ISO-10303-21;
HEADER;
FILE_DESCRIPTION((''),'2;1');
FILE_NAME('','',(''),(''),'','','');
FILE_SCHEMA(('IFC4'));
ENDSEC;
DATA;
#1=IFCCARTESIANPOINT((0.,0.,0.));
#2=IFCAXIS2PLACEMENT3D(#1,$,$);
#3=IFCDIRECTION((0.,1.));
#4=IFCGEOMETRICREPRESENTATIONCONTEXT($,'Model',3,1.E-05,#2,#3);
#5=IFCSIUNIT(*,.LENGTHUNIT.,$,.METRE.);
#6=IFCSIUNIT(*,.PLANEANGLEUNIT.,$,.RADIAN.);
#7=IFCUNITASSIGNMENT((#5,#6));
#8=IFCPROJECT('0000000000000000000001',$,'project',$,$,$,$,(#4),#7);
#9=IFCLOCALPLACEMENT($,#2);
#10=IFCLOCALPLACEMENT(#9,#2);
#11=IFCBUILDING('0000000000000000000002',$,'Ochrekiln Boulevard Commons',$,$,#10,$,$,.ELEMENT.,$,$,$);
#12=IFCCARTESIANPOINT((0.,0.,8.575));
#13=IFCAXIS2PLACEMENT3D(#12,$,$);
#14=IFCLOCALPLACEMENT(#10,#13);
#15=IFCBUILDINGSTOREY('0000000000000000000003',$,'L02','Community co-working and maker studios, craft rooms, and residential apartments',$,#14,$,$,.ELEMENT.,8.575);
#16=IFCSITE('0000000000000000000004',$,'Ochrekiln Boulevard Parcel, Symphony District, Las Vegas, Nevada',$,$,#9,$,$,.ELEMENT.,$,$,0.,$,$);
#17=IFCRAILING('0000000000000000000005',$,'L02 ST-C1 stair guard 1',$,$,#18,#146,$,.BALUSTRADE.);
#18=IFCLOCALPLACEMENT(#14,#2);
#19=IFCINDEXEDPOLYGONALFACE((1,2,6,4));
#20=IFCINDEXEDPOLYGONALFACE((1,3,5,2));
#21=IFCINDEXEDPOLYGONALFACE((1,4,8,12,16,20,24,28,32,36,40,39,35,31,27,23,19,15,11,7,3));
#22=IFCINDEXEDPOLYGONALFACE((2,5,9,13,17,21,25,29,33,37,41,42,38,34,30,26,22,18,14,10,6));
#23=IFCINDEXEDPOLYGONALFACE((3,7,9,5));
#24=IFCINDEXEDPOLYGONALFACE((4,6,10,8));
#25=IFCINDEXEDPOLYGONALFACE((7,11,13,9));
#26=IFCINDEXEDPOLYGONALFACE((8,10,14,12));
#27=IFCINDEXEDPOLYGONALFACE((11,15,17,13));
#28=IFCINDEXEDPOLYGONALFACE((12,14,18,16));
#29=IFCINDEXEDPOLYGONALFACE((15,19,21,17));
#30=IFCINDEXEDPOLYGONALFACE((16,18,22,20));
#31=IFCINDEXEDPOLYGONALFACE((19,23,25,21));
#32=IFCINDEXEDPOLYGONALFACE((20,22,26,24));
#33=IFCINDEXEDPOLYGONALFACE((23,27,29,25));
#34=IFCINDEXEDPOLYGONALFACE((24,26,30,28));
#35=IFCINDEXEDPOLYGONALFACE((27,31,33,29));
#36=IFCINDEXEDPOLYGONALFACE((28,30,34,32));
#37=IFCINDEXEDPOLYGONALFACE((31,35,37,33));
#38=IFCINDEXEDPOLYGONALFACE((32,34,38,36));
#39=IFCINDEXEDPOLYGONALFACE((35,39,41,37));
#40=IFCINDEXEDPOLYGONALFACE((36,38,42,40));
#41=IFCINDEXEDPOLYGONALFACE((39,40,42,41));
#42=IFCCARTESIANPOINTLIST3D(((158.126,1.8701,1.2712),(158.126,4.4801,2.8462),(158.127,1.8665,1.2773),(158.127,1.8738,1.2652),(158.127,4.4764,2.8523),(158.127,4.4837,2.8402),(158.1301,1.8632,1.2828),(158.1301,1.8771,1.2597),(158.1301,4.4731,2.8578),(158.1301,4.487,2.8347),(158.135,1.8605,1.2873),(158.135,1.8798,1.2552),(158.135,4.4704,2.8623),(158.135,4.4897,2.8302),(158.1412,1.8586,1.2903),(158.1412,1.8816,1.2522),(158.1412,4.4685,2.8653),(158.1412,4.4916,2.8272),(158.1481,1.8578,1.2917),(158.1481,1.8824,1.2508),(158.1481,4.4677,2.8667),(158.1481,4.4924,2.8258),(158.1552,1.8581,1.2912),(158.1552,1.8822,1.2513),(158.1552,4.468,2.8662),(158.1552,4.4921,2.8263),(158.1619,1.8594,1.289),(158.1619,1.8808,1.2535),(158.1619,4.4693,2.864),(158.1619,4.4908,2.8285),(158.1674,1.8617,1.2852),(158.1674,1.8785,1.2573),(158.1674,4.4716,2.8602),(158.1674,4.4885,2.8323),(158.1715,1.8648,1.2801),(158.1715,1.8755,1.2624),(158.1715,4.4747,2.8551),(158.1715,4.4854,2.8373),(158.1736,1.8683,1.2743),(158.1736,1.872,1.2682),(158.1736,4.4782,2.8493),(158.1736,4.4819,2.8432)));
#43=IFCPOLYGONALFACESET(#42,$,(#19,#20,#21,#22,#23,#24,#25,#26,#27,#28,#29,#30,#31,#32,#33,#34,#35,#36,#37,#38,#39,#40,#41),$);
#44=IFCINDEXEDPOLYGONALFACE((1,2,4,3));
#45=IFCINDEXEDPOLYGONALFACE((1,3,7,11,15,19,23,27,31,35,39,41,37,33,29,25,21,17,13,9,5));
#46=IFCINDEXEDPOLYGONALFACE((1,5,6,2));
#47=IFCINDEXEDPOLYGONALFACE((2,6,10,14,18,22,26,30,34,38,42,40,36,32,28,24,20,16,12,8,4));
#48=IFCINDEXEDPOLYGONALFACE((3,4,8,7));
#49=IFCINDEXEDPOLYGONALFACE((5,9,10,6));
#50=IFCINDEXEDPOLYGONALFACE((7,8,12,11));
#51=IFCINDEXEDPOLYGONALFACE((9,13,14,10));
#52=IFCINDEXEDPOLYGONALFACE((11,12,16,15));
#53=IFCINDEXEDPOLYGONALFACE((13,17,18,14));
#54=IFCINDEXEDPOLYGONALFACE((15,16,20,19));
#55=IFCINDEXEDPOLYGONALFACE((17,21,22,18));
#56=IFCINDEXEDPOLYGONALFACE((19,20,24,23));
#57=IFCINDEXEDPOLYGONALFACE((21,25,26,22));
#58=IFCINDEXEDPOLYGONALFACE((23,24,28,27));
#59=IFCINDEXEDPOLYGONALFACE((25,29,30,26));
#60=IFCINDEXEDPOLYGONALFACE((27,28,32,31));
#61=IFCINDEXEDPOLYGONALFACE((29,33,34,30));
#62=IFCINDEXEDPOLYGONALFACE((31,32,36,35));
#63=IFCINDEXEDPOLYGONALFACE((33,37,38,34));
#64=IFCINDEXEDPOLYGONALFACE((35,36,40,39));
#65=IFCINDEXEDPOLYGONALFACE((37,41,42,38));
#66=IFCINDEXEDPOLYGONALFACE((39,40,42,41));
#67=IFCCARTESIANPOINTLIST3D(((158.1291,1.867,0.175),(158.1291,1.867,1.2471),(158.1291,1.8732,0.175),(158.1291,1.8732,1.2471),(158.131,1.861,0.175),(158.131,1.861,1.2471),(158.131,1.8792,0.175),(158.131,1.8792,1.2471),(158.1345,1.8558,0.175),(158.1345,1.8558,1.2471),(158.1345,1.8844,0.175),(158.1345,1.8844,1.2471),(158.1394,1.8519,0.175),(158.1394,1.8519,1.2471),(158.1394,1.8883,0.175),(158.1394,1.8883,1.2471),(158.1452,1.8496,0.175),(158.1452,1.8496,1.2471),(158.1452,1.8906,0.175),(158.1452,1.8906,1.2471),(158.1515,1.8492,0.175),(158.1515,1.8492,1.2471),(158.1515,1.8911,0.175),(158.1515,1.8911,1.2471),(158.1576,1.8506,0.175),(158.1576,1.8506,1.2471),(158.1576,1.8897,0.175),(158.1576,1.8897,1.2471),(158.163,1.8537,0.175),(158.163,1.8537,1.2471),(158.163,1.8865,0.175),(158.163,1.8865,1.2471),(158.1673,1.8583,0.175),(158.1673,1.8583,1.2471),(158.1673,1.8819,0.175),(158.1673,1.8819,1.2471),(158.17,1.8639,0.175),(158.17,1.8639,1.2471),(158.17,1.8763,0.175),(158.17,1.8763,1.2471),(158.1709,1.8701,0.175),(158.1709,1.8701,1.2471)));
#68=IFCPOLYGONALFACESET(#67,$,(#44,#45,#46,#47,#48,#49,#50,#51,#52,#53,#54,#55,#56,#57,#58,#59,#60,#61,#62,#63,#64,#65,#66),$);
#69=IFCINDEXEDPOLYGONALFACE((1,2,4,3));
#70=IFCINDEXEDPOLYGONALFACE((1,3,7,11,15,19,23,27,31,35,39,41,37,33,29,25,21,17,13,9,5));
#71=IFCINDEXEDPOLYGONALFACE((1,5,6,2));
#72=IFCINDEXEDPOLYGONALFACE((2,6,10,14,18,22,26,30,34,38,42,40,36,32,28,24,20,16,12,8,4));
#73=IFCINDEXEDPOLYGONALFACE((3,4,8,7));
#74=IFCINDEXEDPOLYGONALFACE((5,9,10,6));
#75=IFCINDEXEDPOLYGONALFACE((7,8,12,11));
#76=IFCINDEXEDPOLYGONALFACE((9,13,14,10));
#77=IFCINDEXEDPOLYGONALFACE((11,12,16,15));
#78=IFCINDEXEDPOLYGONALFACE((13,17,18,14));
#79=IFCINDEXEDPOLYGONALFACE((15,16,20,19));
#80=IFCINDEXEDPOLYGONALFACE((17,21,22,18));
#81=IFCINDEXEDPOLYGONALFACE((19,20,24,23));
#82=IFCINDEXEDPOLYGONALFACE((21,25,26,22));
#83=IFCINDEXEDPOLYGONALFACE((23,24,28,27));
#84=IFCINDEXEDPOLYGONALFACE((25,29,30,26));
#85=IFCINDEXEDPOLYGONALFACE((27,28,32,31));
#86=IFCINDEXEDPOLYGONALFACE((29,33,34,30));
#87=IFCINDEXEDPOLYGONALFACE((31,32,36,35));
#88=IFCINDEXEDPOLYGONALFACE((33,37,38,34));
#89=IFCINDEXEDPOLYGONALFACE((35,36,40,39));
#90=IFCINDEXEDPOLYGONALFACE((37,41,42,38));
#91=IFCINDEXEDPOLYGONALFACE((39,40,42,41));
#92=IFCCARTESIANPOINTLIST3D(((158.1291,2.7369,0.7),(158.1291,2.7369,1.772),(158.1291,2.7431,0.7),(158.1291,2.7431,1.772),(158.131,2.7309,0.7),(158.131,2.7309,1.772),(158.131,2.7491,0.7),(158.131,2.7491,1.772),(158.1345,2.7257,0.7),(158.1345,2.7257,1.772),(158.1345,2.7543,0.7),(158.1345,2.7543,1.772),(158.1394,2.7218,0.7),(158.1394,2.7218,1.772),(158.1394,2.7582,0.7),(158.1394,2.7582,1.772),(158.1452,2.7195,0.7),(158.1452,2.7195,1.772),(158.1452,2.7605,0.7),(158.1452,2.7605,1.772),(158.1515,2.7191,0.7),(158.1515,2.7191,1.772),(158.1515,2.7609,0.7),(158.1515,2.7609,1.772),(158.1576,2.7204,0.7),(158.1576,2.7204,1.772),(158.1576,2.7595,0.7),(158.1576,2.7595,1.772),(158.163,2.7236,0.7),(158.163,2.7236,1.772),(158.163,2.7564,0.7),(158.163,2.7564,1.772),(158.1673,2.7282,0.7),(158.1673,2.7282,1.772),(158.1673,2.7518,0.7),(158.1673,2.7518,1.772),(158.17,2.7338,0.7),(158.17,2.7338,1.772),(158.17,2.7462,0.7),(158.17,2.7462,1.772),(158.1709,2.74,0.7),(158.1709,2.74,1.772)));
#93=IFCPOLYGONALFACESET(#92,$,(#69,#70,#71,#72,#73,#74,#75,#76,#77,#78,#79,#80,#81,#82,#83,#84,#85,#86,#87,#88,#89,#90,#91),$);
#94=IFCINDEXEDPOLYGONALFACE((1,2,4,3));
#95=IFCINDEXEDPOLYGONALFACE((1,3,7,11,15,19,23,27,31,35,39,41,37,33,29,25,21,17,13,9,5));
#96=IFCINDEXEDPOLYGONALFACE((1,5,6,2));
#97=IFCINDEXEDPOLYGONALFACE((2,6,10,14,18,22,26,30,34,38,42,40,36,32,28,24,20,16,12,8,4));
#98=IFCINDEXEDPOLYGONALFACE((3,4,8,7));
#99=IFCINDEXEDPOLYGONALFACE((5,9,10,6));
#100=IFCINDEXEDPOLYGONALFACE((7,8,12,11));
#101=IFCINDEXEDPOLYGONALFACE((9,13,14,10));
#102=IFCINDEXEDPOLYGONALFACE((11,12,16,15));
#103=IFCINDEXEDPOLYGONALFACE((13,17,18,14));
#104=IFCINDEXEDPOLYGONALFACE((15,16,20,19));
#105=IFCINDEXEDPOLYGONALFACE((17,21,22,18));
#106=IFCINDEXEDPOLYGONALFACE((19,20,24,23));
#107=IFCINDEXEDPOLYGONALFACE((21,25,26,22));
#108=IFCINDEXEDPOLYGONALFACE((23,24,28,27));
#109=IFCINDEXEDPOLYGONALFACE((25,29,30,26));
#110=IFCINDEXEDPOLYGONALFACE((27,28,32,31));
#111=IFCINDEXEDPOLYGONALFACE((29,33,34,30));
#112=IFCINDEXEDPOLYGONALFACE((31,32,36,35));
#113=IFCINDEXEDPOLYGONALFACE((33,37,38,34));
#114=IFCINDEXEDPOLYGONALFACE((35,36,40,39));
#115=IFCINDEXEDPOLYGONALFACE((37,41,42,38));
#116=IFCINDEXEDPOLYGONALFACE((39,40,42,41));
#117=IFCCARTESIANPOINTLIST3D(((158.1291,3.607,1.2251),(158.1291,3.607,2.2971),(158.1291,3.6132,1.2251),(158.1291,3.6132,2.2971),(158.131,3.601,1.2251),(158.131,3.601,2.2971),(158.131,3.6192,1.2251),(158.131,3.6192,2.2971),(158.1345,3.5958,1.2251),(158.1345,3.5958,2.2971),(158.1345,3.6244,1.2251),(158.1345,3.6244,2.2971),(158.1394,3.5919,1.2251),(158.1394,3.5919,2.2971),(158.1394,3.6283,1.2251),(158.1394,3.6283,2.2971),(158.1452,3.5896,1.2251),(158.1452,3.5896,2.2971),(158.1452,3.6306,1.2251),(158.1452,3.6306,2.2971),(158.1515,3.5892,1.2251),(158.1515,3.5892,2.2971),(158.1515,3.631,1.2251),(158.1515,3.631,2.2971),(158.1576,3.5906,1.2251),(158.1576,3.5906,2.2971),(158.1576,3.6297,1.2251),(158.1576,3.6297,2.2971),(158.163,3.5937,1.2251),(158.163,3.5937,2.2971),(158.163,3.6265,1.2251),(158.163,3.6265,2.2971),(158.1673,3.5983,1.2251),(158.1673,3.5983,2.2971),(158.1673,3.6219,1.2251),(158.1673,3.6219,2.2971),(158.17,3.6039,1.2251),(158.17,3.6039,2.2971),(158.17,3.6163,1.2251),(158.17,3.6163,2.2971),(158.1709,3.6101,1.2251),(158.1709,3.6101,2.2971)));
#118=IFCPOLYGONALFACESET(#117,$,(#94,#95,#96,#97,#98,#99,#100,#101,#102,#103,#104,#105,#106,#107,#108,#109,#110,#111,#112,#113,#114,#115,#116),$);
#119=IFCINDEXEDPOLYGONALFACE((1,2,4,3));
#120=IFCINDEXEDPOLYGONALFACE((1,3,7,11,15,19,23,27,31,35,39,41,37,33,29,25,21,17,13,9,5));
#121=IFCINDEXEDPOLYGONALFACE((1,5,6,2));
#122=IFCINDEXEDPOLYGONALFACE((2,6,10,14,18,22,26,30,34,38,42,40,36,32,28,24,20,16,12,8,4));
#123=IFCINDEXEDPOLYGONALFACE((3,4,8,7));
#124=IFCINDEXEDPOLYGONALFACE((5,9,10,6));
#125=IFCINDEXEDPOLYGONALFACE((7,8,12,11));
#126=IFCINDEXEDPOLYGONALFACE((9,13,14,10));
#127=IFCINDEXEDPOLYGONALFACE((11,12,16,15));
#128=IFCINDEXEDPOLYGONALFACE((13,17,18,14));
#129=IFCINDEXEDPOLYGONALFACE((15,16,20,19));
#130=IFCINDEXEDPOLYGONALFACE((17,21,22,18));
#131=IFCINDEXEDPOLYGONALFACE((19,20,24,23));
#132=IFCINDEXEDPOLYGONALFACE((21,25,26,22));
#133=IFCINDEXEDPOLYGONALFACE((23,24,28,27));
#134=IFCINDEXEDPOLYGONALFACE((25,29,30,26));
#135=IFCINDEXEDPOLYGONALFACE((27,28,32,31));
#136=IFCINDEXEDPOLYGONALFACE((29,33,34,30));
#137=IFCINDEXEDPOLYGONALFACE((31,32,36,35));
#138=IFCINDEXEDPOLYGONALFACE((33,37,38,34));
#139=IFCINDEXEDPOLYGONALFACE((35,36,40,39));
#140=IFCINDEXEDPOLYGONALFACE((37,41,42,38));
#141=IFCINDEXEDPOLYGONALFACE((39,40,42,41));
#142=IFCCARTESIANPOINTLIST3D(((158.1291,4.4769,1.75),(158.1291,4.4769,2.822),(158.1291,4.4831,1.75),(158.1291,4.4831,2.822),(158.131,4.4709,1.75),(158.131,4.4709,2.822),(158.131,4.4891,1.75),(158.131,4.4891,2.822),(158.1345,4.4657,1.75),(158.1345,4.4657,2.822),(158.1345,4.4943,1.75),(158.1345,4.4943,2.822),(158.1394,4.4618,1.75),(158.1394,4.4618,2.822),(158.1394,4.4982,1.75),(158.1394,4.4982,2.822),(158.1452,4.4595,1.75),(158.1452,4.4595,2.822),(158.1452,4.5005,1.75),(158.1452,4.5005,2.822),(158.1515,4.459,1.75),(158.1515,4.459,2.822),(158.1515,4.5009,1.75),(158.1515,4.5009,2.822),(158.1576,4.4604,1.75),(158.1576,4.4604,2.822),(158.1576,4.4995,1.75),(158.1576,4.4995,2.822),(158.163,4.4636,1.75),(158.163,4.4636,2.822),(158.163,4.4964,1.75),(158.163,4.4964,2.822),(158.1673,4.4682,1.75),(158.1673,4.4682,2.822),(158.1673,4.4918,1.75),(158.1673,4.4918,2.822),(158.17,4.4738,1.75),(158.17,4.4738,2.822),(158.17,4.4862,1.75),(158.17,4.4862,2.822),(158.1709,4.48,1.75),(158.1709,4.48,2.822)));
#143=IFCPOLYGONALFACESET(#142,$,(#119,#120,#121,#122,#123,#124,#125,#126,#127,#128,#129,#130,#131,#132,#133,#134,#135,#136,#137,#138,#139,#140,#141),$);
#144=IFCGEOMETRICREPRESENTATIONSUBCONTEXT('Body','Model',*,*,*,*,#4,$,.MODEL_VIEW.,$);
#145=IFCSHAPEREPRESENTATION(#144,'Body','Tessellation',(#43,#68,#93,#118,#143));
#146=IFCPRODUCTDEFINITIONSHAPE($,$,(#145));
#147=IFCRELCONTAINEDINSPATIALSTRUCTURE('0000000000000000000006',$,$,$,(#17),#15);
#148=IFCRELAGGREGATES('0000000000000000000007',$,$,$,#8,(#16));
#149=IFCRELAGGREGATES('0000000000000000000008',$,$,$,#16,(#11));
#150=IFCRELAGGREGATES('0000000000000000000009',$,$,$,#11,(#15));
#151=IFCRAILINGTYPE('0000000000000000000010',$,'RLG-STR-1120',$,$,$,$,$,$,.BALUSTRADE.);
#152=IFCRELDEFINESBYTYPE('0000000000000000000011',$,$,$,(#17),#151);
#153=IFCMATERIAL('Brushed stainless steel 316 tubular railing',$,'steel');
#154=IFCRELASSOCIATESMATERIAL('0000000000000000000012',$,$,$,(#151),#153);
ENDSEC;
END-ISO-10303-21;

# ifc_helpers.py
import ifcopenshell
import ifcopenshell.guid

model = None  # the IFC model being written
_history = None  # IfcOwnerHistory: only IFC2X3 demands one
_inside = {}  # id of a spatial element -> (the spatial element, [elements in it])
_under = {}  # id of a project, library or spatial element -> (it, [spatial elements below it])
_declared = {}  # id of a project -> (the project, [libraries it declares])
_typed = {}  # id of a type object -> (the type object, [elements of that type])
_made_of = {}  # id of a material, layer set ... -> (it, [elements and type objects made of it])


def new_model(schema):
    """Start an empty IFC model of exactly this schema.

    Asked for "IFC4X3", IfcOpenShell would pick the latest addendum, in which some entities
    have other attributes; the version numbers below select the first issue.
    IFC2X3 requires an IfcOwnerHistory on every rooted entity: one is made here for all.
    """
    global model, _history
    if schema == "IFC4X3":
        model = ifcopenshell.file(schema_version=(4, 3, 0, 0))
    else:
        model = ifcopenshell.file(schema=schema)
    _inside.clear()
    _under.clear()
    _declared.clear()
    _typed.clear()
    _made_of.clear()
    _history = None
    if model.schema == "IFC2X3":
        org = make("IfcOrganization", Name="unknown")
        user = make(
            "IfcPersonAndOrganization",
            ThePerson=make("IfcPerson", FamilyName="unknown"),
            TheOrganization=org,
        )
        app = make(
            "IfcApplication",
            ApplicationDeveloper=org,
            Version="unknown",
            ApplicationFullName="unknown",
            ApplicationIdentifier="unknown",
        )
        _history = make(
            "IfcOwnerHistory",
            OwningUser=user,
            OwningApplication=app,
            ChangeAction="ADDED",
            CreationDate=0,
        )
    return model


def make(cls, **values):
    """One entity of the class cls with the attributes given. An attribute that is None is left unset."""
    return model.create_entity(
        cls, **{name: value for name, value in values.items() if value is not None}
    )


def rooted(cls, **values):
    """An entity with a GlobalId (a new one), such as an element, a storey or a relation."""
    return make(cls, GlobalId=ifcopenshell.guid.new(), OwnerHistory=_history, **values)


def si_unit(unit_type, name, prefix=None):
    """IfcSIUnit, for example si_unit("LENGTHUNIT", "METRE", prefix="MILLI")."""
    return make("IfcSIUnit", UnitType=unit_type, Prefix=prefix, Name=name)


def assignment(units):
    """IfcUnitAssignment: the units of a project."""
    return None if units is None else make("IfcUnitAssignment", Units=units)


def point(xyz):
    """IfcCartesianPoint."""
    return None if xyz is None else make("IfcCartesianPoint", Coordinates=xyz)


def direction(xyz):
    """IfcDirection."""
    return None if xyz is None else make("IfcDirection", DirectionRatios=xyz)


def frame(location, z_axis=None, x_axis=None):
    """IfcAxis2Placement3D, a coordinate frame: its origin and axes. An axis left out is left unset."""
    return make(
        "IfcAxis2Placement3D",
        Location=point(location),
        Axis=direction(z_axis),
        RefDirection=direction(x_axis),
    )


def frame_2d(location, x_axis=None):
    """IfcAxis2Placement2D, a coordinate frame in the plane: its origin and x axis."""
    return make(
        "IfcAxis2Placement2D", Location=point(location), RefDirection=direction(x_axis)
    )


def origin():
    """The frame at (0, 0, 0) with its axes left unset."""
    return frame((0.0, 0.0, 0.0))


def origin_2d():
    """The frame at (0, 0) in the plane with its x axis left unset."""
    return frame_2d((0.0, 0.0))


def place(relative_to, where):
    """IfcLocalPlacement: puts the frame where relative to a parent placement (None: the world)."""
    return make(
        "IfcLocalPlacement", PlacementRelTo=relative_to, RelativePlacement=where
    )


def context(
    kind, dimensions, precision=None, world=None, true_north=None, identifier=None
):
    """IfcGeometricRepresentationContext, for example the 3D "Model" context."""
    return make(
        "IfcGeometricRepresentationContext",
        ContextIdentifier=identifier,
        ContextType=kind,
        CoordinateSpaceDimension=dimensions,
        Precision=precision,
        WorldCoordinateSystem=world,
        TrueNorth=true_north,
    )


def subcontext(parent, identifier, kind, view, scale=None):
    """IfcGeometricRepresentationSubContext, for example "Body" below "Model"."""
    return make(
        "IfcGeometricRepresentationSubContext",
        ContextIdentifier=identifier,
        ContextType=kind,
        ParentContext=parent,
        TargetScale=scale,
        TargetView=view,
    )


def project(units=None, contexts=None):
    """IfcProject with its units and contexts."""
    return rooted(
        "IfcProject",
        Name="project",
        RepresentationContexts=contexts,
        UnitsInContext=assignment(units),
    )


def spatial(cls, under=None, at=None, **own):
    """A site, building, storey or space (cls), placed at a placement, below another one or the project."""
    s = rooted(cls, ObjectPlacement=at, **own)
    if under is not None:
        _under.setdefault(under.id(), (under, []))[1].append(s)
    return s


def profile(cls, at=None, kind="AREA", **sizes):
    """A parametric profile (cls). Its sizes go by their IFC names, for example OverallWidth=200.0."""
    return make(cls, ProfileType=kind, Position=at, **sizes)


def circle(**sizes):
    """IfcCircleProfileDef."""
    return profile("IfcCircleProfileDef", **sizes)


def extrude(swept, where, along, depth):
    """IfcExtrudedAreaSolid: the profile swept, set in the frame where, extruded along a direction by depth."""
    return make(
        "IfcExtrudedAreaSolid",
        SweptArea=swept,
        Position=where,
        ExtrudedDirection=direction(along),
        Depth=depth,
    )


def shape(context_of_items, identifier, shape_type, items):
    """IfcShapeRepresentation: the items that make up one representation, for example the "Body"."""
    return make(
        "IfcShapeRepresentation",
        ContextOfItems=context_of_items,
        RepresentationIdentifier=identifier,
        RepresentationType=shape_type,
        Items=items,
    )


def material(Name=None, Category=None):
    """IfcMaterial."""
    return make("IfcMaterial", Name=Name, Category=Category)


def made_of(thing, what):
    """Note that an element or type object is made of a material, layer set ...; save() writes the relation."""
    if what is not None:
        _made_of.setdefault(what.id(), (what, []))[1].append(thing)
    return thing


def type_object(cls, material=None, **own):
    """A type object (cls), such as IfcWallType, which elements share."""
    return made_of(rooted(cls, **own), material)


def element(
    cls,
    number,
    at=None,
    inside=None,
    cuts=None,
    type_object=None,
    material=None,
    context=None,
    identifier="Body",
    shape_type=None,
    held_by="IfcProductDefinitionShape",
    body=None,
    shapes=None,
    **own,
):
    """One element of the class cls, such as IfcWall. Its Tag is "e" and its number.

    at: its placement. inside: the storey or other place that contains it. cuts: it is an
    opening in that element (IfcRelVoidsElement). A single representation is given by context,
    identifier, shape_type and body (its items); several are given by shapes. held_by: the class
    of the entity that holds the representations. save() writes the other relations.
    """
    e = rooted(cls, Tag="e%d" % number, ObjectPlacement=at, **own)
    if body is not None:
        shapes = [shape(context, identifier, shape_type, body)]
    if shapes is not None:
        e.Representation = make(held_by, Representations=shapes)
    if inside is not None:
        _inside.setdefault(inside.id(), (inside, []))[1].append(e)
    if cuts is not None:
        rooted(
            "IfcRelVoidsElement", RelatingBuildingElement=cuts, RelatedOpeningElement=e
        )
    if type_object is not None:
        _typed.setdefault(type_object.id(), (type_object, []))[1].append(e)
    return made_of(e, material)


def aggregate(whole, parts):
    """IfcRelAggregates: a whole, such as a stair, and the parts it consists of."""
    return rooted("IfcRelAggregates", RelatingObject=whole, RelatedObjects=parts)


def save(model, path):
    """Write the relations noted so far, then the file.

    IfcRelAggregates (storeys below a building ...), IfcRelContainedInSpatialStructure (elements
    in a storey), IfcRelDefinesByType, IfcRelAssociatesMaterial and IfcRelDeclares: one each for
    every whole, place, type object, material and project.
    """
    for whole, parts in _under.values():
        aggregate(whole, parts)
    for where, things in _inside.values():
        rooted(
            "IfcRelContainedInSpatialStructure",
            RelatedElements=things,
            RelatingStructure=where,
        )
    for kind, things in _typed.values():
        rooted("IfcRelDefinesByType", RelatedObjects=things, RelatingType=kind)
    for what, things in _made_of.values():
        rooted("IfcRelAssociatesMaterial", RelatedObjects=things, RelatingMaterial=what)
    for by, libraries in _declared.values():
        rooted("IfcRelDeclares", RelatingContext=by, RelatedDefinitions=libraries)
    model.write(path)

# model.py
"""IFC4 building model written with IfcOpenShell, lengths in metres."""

from ifc_helpers import new_model, si_unit, direction, frame, origin, origin_2d, place, context, subcontext, project, spatial, circle, extrude, material, type_object, element, save


model = new_model("IFC4")

# Units and contexts
model_context = context("Model", 3, precision=1e-05, world=origin(), true_north=direction((0.0, 1.0)))
body_context = subcontext(model_context, "Body", "Model", "MODEL_VIEW")
ifc_project = project(units=[si_unit("LENGTHUNIT", "METRE"), si_unit("PLANEANGLEUNIT", "RADIAN")], contexts=[model_context])

# Site, building, storey
site_placement = place(None, origin())
site = spatial("IfcSite", under=ifc_project, at=site_placement, Name="Ochrekiln Boulevard Parcel, Symphony District, Las Vegas, Nevada", CompositionType="ELEMENT", RefElevation=0.0)
building_placement = place(site_placement, origin())
building = spatial("IfcBuilding", under=site, at=building_placement, Name="Ochrekiln Boulevard Commons", CompositionType="ELEMENT")
storey_placement = place(building_placement, frame((0.0, 0.0, 8.575)))
storey = spatial("IfcBuildingStorey", under=building, at=storey_placement, Name="L02", Description="Community co-working and maker studios, craft rooms, and residential apartments", CompositionType="ELEMENT", Elevation=8.575)

# Railing
ifc_material_1 = material(Name="Brushed stainless steel 316 tubular railing", Category="steel")
railing_type_1 = type_object("IfcRailingType", Name="RLG-STR-1120", PredefinedType="BALUSTRADE", material=ifc_material_1)
railing_1_placement = place(storey_placement, frame((158.1499, 1.8701, 0.175)))
element("IfcRailing", 1, at=railing_1_placement, inside=storey, type_object=railing_type_1, Name="L02 ST-C1 stair guard 1", PredefinedType="BALUSTRADE", context=body_context, shape_type="SweptSolid", body=[
    extrude(circle(Radius=0.0239, at=origin_2d()), frame((0.0, 0.0, 1.0962), z_axis=(0.0, 0.856183, 0.516673), x_axis=(-1.0, 0.0, 0.0)), (0.0, 0.0, 1.0), 3.0483),
    extrude(circle(Radius=0.021, at=origin_2d()), origin(), (0.0, 0.0, 1.0), 1.072),
    extrude(circle(Radius=0.021, at=origin_2d()), frame((0.0, 0.8699, 0.5249)), (0.0, 0.0, 1.0), 1.072),
    extrude(circle(Radius=0.021, at=origin_2d()), frame((0.0, 1.74, 1.05)), (0.0, 0.0, 1.0), 1.072),
    extrude(circle(Radius=0.021, at=origin_2d()), frame((0.0, 2.6099, 1.575)), (0.0, 0.0, 1.0), 1.072),
])

save(model, "model.ifc")
